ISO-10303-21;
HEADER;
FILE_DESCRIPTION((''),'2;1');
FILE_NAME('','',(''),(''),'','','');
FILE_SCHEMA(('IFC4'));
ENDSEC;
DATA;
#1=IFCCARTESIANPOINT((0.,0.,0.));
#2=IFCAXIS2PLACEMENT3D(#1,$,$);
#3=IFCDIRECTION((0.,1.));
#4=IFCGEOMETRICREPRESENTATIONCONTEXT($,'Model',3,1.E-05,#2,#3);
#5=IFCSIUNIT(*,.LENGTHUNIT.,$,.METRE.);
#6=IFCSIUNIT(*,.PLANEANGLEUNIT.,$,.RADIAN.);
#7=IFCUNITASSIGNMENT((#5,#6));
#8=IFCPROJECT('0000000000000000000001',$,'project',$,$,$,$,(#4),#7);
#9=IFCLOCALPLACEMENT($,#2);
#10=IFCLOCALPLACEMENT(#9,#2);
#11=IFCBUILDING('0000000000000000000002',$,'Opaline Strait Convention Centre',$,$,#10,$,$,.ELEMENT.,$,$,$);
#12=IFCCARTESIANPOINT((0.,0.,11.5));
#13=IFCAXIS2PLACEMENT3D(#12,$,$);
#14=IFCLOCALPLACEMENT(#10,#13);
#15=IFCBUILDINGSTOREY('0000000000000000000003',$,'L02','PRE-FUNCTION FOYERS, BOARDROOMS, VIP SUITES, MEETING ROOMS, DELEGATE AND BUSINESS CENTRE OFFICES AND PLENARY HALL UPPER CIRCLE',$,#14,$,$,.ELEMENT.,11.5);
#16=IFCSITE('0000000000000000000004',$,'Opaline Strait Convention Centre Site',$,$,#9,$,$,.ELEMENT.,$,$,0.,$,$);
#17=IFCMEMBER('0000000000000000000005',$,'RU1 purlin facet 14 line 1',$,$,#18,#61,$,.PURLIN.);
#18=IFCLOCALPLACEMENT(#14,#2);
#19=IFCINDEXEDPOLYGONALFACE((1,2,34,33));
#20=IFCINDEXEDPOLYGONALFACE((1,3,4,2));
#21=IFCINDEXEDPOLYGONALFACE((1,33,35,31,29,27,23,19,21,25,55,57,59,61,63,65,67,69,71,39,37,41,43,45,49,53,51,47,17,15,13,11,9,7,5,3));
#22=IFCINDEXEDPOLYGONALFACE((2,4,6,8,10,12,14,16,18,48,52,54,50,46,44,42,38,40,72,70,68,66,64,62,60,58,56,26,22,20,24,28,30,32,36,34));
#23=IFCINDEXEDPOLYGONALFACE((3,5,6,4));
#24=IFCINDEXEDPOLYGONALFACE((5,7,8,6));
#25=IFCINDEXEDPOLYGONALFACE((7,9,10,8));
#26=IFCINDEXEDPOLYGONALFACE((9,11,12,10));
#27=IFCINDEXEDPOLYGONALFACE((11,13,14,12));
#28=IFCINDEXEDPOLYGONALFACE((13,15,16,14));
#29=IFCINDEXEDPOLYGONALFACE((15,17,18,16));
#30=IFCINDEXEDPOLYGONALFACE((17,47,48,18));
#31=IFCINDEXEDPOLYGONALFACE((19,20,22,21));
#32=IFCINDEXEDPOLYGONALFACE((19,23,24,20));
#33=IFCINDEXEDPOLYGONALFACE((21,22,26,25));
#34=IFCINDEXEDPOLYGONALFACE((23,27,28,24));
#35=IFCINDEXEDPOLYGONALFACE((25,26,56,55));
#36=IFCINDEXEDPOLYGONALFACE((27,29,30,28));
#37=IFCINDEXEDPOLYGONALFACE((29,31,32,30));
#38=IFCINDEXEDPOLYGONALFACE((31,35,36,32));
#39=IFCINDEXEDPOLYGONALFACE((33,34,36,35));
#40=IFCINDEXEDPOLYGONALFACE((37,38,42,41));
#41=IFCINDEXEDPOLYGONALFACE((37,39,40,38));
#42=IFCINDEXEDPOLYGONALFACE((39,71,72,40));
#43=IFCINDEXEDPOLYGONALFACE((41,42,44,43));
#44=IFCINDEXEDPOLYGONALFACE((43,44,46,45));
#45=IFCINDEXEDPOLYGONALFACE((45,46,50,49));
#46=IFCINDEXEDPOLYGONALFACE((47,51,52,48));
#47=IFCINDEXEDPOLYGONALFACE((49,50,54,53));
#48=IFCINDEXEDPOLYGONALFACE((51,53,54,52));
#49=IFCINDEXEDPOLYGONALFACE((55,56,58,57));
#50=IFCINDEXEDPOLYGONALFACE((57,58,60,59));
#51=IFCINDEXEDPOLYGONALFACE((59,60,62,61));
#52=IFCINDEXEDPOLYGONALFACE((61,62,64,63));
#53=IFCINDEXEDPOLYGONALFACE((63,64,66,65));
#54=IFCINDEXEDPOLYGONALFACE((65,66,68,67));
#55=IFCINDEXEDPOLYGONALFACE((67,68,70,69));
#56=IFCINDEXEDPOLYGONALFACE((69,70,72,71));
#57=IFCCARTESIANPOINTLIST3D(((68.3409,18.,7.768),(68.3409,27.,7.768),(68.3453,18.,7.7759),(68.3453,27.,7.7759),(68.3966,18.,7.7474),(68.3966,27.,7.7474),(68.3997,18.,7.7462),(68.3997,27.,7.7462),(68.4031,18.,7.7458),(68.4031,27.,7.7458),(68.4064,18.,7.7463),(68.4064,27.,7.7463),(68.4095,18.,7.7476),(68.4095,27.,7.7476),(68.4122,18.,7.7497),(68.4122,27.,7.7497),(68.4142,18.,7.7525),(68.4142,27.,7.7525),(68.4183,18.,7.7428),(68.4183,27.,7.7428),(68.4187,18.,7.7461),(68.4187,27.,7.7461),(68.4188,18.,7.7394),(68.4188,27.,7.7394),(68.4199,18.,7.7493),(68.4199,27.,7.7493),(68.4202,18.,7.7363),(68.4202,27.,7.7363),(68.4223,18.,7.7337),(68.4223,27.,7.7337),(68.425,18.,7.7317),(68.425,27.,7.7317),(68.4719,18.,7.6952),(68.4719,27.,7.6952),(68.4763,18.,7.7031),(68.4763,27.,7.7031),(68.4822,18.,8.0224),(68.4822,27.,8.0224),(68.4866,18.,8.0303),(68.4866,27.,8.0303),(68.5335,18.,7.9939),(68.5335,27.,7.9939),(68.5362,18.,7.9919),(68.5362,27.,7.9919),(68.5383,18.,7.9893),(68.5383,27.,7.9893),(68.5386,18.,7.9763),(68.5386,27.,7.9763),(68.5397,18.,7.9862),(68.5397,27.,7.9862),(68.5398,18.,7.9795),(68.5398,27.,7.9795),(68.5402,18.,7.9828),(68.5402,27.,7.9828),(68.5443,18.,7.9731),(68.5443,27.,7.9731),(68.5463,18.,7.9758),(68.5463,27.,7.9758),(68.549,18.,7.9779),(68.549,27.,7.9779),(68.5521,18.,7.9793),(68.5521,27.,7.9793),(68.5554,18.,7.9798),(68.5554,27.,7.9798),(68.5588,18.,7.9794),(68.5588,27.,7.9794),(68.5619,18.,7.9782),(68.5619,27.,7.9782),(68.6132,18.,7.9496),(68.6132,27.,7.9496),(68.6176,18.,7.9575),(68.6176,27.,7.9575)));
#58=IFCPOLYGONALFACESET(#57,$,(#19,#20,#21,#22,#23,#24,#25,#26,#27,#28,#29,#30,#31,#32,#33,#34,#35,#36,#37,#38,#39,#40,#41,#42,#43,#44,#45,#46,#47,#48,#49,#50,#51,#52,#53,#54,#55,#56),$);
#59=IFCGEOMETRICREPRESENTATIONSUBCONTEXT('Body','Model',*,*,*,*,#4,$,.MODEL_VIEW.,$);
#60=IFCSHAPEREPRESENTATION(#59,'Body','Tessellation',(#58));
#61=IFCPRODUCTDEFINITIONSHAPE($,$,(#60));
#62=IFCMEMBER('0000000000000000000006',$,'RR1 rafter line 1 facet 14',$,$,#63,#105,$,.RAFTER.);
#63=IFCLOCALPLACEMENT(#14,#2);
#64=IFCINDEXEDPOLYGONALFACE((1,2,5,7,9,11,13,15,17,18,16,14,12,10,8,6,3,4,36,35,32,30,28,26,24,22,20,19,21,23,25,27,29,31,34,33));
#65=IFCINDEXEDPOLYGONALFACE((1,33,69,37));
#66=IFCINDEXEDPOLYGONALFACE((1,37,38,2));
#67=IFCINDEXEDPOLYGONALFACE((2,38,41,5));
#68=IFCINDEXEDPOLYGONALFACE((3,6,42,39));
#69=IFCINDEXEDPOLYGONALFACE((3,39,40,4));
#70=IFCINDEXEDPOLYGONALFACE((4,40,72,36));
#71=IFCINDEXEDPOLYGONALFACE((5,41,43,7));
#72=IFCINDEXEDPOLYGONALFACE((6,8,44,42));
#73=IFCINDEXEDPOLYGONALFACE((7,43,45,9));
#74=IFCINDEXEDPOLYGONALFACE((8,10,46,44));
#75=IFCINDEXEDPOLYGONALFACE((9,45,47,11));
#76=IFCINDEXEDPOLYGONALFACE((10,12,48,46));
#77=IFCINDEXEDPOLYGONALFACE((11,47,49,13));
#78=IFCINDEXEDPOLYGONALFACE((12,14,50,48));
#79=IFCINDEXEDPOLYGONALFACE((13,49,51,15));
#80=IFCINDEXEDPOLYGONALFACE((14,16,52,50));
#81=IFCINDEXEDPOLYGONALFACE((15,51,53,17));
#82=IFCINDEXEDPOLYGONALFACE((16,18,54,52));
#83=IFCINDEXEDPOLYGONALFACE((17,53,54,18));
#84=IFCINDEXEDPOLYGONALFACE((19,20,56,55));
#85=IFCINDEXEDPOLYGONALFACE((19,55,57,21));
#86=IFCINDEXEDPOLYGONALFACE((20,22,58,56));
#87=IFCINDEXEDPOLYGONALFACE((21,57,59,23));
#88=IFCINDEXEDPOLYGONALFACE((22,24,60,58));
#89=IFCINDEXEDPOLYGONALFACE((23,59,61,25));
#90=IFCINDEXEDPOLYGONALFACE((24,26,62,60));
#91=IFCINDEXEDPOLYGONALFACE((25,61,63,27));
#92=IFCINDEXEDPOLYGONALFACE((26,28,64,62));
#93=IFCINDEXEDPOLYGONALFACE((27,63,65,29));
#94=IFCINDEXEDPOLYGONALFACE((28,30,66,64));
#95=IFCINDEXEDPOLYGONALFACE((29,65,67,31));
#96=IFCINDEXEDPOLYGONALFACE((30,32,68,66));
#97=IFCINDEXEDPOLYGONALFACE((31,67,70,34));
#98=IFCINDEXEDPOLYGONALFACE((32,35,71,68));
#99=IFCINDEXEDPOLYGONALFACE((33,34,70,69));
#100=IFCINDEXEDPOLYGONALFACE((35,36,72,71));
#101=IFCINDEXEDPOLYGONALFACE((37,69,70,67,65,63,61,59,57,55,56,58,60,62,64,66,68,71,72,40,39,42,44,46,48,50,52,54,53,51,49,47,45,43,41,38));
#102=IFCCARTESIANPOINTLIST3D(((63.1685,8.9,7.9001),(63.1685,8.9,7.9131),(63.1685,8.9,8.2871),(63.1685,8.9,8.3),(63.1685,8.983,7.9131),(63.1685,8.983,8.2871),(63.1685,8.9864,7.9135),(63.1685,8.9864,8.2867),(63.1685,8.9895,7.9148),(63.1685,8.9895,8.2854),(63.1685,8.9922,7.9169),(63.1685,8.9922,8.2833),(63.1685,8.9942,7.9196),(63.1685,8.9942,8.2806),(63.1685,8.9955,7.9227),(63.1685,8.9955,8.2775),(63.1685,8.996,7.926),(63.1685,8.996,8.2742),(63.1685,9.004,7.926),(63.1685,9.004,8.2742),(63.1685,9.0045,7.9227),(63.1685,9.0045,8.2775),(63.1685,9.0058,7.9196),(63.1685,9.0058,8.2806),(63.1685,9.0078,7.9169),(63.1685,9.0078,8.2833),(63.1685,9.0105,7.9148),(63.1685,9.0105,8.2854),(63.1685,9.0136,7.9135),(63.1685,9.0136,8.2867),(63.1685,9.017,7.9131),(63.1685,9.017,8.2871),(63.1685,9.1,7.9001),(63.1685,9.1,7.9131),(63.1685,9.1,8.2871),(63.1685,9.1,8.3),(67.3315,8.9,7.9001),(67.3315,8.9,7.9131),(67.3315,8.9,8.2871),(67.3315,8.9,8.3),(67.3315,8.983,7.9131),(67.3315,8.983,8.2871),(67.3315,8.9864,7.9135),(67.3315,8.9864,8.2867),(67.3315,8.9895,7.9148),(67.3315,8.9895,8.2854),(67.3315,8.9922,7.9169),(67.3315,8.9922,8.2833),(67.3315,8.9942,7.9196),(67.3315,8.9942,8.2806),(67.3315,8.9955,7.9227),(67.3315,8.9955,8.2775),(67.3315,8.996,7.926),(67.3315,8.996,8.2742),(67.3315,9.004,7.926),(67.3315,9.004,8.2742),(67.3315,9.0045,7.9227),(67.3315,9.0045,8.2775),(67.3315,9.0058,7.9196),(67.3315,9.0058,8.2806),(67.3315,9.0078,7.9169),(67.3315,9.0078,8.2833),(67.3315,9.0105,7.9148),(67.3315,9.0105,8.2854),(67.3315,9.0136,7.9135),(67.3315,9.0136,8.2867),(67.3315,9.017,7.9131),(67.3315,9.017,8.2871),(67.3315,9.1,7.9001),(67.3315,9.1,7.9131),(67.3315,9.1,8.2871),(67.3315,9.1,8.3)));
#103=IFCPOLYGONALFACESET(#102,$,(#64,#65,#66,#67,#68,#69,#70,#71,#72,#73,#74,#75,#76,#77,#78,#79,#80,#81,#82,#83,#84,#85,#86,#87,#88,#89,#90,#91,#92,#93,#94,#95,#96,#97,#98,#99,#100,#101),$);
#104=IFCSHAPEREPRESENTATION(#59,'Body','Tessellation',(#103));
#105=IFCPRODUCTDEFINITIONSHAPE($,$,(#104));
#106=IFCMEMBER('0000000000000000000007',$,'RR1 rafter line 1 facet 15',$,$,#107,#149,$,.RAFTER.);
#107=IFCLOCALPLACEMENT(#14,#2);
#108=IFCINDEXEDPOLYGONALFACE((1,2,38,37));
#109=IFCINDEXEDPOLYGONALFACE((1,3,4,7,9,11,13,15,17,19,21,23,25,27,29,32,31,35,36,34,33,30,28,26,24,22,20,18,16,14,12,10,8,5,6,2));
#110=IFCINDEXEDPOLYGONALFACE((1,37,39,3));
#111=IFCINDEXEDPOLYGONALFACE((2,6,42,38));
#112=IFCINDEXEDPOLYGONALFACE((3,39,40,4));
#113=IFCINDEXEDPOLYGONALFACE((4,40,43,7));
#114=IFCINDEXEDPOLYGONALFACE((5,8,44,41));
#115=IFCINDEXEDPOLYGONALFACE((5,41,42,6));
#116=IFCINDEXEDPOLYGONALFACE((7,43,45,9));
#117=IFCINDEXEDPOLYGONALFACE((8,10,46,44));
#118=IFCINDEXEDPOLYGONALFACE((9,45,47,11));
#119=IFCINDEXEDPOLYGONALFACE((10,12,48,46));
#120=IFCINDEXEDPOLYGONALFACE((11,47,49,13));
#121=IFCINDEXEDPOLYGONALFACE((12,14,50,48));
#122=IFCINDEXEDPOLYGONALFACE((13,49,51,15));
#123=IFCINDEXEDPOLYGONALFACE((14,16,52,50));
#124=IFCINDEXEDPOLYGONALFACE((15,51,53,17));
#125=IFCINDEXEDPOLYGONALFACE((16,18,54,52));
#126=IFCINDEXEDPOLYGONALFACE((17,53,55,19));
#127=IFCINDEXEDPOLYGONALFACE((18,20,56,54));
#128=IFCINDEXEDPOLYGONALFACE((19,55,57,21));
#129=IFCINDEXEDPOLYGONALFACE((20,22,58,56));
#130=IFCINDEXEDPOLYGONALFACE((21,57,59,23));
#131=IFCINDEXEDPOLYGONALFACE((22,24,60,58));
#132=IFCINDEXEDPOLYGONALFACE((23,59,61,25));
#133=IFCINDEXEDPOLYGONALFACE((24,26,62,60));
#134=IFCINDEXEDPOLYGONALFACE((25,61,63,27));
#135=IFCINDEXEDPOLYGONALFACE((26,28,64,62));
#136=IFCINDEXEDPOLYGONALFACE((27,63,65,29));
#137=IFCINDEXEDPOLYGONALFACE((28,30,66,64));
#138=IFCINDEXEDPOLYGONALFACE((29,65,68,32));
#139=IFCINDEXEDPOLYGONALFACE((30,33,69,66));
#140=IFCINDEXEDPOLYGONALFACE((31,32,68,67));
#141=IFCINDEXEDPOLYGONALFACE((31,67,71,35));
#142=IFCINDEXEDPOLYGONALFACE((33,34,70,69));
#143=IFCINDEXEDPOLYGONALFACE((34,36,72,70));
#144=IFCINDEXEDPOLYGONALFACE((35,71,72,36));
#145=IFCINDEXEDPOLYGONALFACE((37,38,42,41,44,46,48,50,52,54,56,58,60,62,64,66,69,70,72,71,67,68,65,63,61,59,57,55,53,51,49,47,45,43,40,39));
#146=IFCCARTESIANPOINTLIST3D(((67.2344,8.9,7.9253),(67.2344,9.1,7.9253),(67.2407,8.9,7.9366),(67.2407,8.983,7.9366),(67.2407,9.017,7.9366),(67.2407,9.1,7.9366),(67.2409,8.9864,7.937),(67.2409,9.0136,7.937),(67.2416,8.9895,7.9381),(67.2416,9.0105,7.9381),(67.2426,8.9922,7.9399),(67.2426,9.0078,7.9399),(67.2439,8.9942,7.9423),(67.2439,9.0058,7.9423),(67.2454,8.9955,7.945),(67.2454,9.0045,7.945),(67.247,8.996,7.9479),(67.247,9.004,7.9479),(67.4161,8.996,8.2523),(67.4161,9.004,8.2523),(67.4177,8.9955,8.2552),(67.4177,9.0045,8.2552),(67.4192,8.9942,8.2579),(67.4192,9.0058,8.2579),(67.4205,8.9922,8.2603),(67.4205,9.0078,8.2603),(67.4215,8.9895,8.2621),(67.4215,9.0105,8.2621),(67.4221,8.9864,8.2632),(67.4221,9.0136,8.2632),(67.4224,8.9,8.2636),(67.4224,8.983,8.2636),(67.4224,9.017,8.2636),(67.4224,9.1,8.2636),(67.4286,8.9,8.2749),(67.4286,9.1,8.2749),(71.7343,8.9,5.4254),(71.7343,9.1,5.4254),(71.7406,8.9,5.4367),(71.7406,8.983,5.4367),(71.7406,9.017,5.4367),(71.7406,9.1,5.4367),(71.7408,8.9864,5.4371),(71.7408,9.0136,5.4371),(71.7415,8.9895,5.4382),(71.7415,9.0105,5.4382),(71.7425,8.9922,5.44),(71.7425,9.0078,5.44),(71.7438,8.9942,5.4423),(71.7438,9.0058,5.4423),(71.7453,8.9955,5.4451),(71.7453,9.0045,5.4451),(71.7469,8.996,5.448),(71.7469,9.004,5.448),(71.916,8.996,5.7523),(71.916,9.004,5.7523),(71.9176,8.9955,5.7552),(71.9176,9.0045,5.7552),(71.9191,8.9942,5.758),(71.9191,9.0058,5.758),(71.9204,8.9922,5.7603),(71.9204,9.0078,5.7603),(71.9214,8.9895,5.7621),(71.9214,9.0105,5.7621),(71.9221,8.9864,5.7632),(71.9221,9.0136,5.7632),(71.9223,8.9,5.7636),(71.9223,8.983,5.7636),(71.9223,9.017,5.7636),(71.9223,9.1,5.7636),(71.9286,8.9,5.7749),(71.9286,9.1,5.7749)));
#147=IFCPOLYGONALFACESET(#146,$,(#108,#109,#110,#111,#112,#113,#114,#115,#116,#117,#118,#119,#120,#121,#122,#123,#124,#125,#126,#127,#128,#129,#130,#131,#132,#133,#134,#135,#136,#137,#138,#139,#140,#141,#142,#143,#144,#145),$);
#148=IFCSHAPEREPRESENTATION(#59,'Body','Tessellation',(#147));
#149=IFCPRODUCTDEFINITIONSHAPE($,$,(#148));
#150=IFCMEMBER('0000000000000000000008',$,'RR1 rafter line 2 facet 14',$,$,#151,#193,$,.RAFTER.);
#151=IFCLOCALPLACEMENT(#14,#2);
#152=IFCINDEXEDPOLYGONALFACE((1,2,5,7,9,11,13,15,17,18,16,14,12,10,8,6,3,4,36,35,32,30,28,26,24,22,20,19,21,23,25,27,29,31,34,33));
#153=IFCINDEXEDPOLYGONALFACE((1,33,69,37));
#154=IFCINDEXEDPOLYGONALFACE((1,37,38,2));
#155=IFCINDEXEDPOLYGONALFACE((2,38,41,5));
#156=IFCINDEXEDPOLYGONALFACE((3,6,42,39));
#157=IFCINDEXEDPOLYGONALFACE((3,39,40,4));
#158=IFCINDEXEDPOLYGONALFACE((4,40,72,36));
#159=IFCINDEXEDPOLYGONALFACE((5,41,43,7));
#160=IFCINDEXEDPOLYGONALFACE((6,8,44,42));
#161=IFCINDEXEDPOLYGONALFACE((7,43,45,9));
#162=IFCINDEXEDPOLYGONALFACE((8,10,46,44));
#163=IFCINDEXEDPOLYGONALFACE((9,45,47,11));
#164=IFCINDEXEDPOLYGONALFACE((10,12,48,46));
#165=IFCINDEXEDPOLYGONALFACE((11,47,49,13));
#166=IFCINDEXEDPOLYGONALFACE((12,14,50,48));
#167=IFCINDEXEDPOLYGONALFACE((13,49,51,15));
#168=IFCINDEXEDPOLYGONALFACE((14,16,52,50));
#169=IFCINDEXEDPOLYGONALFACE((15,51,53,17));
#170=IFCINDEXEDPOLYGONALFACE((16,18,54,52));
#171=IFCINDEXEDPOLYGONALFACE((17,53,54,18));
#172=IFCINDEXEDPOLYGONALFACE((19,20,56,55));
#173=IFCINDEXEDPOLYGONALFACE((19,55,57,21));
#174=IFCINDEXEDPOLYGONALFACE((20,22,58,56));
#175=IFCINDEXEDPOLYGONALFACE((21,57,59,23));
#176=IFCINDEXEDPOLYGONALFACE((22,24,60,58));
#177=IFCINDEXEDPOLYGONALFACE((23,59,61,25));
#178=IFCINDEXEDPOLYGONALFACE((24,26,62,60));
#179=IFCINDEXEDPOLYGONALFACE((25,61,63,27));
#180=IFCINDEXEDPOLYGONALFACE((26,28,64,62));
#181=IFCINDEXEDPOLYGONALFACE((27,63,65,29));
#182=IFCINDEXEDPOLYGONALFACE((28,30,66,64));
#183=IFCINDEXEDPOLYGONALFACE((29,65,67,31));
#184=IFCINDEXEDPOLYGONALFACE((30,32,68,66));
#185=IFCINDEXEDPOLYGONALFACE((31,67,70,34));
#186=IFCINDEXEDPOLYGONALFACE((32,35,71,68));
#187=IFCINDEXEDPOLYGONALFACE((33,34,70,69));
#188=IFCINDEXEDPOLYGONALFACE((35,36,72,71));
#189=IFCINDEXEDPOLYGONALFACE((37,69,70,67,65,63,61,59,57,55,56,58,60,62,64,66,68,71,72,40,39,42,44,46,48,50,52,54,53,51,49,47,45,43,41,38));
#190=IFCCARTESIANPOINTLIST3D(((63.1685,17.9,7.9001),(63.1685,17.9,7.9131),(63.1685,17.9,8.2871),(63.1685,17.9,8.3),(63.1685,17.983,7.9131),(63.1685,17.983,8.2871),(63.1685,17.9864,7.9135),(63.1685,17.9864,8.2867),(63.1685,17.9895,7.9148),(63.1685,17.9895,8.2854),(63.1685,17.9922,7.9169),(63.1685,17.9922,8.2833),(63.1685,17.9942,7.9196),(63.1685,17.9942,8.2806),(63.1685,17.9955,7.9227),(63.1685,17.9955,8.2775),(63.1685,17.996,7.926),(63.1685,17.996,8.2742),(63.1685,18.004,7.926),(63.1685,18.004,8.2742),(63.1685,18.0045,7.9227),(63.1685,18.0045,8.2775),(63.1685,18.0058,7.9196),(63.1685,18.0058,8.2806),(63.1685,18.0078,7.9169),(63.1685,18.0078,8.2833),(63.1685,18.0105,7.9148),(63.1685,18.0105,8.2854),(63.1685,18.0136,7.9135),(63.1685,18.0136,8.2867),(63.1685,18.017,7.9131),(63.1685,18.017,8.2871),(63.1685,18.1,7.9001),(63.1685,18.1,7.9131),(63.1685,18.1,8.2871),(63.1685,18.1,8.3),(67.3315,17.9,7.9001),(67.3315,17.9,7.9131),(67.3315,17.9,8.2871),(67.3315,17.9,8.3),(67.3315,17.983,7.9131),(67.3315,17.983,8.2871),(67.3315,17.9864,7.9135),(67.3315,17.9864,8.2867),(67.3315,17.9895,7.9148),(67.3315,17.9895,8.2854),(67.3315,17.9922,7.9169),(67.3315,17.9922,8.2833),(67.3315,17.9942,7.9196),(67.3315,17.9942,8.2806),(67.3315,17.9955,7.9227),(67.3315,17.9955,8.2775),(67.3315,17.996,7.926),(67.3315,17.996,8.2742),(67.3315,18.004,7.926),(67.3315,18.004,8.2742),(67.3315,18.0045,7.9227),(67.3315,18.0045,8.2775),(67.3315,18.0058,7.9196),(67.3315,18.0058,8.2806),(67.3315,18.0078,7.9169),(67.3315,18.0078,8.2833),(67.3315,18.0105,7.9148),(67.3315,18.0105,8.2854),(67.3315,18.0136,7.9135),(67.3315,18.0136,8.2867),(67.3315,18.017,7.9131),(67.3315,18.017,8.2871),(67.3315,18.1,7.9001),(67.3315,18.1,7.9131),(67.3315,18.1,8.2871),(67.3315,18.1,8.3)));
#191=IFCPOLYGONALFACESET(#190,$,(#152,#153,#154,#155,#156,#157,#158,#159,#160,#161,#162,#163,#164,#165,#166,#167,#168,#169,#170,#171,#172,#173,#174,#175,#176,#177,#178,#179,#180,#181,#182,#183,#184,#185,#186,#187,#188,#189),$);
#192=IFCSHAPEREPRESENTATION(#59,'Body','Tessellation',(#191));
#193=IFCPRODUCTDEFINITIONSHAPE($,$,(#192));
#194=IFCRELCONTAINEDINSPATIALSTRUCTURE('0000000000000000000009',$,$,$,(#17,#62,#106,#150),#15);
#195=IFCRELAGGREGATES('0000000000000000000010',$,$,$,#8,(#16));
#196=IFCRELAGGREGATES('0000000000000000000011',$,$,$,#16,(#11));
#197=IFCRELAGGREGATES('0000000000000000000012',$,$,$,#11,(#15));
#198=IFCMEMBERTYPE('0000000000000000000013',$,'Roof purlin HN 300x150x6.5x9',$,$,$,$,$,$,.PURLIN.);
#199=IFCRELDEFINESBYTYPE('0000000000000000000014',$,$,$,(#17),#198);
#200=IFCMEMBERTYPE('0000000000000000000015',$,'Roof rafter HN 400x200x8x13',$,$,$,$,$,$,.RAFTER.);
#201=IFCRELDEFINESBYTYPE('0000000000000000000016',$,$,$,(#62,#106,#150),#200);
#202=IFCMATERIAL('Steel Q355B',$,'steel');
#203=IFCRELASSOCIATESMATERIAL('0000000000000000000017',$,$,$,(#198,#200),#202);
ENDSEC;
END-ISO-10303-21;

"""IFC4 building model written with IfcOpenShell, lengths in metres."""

from ifc_helpers import new_model, si_unit, direction, frame, origin, origin_2d, place, context, subcontext, project, spatial, i_section, extrude, material, material_profile, profile_set, type_object, element, save


model = new_model("IFC4")

# Units and contexts
model_context = context("Model", 3, precision=1e-05, world=origin(), true_north=direction((0.0, 1.0)))
body_context = subcontext(model_context, "Body", "Model", "MODEL_VIEW")
ifc_project = project(units=[si_unit("LENGTHUNIT", "METRE"), si_unit("PLANEANGLEUNIT", "RADIAN")], contexts=[model_context])

# Site, building, storey
site_placement = place(None, origin())
site = spatial("IfcSite", under=ifc_project, at=site_placement, Name="Opaline Strait Convention Centre Site", CompositionType="ELEMENT", RefElevation=0.0)
building_placement = place(site_placement, origin())
building = spatial("IfcBuilding", under=site, at=building_placement, Name="Opaline Strait Convention Centre", CompositionType="ELEMENT")
storey_placement = place(building_placement, frame((0.0, 0.0, 11.5)))
storey = spatial("IfcBuildingStorey", under=building, at=storey_placement, Name="L02", Description="PRE-FUNCTION FOYERS, BOARDROOMS, VIP SUITES, MEETING ROOMS, DELEGATE AND BUSINESS CENTRE OFFICES AND PLENARY HALL UPPER CIRCLE", CompositionType="ELEMENT", Elevation=11.5)

# Shared definitions
ifc_material_1 = material(Name="Steel Q355B", Category="steel")

# Members
ifc_material_profile_1 = material_profile(ifc_material_1, i_section(OverallWidth=0.1499, OverallDepth=0.3, WebThickness=0.0066, FlangeThickness=0.009, FilletRadius=0.0129, at=origin_2d()), Name="HN 300x150x6.5x9")
ifc_profile_set_1 = profile_set([ifc_material_profile_1], Name="Steel Q355B")
member_type_1 = type_object("IfcMemberType", Name="Roof purlin HN 300x150x6.5x9", PredefinedType="PURLIN", material=ifc_profile_set_1)
member_1_placement = place(storey_placement, frame((68.4792, 18.0, 7.8628), z_axis=(0.0, 1.0, 0.0), x_axis=(-0.874157, 0.0, 0.485643)))
element("IfcMember", 1, at=member_1_placement, inside=storey, type_object=member_type_1, Name="RU1 purlin facet 14 line 1", PredefinedType="PURLIN", context=body_context, shape_type="SweptSolid", body=[
    extrude(i_section(OverallWidth=0.1499, OverallDepth=0.3, WebThickness=0.0066, FlangeThickness=0.009, FilletRadius=0.0129, at=origin_2d()), origin(), (0.0, 0.0, 1.0), 9.0),
])
ifc_material_profile_2 = material_profile(ifc_material_1, i_section(OverallWidth=0.2, OverallDepth=0.3999, WebThickness=0.0081, FlangeThickness=0.0129, FilletRadius=0.0129, at=origin_2d()), Name="HN 400x200x8x13")
ifc_profile_set_2 = profile_set([ifc_material_profile_2], Name="Steel Q355B")
member_type_2 = type_object("IfcMemberType", Name="Roof rafter HN 400x200x8x13", PredefinedType="RAFTER", material=ifc_profile_set_2)
member_2_placement = place(storey_placement, frame((63.1685, 9.0, 8.1001), z_axis=(1.0, 0.0, 0.0), x_axis=(0.0, 1.0, 0.0)))
element("IfcMember", 2, at=member_2_placement, inside=storey, type_object=member_type_2, Name="RR1 rafter line 1 facet 14", PredefinedType="RAFTER", context=body_context, shape_type="SweptSolid", body=[
    extrude(i_section(OverallWidth=0.2, OverallDepth=0.3999, WebThickness=0.0081, FlangeThickness=0.0129, FilletRadius=0.0129, at=origin_2d()), origin(), (0.0, 0.0, 1.0), 4.1631),
])
member_3_placement = place(storey_placement, frame((67.3315, 9.0, 8.1001), z_axis=(0.874157, 0.0, -0.485643), x_axis=(0.0, 1.0, 0.0)))
element("IfcMember", 3, at=member_3_placement, inside=storey, type_object=member_type_2, Name="RR1 rafter line 1 facet 15", PredefinedType="RAFTER", context=body_context, shape_type="SweptSolid", body=[
    extrude(i_section(OverallWidth=0.2, OverallDepth=0.3999, WebThickness=0.0081, FlangeThickness=0.0129, FilletRadius=0.0129, at=origin_2d()), origin(), (0.0, 0.0, 1.0), 5.1477),
])
member_4_placement = place(storey_placement, frame((63.1685, 18.0, 8.1001), z_axis=(1.0, 0.0, 0.0), x_axis=(0.0, 1.0, 0.0)))
element("IfcMember", 4, at=member_4_placement, inside=storey, type_object=member_type_2, Name="RR1 rafter line 2 facet 14", PredefinedType="RAFTER", context=body_context, shape_type="SweptSolid", body=[
    extrude(i_section(OverallWidth=0.2, OverallDepth=0.3999, WebThickness=0.0081, FlangeThickness=0.0129, FilletRadius=0.0129, at=origin_2d()), origin(), (0.0, 0.0, 1.0), 4.1631),
])

save(model, "model.ifc")
